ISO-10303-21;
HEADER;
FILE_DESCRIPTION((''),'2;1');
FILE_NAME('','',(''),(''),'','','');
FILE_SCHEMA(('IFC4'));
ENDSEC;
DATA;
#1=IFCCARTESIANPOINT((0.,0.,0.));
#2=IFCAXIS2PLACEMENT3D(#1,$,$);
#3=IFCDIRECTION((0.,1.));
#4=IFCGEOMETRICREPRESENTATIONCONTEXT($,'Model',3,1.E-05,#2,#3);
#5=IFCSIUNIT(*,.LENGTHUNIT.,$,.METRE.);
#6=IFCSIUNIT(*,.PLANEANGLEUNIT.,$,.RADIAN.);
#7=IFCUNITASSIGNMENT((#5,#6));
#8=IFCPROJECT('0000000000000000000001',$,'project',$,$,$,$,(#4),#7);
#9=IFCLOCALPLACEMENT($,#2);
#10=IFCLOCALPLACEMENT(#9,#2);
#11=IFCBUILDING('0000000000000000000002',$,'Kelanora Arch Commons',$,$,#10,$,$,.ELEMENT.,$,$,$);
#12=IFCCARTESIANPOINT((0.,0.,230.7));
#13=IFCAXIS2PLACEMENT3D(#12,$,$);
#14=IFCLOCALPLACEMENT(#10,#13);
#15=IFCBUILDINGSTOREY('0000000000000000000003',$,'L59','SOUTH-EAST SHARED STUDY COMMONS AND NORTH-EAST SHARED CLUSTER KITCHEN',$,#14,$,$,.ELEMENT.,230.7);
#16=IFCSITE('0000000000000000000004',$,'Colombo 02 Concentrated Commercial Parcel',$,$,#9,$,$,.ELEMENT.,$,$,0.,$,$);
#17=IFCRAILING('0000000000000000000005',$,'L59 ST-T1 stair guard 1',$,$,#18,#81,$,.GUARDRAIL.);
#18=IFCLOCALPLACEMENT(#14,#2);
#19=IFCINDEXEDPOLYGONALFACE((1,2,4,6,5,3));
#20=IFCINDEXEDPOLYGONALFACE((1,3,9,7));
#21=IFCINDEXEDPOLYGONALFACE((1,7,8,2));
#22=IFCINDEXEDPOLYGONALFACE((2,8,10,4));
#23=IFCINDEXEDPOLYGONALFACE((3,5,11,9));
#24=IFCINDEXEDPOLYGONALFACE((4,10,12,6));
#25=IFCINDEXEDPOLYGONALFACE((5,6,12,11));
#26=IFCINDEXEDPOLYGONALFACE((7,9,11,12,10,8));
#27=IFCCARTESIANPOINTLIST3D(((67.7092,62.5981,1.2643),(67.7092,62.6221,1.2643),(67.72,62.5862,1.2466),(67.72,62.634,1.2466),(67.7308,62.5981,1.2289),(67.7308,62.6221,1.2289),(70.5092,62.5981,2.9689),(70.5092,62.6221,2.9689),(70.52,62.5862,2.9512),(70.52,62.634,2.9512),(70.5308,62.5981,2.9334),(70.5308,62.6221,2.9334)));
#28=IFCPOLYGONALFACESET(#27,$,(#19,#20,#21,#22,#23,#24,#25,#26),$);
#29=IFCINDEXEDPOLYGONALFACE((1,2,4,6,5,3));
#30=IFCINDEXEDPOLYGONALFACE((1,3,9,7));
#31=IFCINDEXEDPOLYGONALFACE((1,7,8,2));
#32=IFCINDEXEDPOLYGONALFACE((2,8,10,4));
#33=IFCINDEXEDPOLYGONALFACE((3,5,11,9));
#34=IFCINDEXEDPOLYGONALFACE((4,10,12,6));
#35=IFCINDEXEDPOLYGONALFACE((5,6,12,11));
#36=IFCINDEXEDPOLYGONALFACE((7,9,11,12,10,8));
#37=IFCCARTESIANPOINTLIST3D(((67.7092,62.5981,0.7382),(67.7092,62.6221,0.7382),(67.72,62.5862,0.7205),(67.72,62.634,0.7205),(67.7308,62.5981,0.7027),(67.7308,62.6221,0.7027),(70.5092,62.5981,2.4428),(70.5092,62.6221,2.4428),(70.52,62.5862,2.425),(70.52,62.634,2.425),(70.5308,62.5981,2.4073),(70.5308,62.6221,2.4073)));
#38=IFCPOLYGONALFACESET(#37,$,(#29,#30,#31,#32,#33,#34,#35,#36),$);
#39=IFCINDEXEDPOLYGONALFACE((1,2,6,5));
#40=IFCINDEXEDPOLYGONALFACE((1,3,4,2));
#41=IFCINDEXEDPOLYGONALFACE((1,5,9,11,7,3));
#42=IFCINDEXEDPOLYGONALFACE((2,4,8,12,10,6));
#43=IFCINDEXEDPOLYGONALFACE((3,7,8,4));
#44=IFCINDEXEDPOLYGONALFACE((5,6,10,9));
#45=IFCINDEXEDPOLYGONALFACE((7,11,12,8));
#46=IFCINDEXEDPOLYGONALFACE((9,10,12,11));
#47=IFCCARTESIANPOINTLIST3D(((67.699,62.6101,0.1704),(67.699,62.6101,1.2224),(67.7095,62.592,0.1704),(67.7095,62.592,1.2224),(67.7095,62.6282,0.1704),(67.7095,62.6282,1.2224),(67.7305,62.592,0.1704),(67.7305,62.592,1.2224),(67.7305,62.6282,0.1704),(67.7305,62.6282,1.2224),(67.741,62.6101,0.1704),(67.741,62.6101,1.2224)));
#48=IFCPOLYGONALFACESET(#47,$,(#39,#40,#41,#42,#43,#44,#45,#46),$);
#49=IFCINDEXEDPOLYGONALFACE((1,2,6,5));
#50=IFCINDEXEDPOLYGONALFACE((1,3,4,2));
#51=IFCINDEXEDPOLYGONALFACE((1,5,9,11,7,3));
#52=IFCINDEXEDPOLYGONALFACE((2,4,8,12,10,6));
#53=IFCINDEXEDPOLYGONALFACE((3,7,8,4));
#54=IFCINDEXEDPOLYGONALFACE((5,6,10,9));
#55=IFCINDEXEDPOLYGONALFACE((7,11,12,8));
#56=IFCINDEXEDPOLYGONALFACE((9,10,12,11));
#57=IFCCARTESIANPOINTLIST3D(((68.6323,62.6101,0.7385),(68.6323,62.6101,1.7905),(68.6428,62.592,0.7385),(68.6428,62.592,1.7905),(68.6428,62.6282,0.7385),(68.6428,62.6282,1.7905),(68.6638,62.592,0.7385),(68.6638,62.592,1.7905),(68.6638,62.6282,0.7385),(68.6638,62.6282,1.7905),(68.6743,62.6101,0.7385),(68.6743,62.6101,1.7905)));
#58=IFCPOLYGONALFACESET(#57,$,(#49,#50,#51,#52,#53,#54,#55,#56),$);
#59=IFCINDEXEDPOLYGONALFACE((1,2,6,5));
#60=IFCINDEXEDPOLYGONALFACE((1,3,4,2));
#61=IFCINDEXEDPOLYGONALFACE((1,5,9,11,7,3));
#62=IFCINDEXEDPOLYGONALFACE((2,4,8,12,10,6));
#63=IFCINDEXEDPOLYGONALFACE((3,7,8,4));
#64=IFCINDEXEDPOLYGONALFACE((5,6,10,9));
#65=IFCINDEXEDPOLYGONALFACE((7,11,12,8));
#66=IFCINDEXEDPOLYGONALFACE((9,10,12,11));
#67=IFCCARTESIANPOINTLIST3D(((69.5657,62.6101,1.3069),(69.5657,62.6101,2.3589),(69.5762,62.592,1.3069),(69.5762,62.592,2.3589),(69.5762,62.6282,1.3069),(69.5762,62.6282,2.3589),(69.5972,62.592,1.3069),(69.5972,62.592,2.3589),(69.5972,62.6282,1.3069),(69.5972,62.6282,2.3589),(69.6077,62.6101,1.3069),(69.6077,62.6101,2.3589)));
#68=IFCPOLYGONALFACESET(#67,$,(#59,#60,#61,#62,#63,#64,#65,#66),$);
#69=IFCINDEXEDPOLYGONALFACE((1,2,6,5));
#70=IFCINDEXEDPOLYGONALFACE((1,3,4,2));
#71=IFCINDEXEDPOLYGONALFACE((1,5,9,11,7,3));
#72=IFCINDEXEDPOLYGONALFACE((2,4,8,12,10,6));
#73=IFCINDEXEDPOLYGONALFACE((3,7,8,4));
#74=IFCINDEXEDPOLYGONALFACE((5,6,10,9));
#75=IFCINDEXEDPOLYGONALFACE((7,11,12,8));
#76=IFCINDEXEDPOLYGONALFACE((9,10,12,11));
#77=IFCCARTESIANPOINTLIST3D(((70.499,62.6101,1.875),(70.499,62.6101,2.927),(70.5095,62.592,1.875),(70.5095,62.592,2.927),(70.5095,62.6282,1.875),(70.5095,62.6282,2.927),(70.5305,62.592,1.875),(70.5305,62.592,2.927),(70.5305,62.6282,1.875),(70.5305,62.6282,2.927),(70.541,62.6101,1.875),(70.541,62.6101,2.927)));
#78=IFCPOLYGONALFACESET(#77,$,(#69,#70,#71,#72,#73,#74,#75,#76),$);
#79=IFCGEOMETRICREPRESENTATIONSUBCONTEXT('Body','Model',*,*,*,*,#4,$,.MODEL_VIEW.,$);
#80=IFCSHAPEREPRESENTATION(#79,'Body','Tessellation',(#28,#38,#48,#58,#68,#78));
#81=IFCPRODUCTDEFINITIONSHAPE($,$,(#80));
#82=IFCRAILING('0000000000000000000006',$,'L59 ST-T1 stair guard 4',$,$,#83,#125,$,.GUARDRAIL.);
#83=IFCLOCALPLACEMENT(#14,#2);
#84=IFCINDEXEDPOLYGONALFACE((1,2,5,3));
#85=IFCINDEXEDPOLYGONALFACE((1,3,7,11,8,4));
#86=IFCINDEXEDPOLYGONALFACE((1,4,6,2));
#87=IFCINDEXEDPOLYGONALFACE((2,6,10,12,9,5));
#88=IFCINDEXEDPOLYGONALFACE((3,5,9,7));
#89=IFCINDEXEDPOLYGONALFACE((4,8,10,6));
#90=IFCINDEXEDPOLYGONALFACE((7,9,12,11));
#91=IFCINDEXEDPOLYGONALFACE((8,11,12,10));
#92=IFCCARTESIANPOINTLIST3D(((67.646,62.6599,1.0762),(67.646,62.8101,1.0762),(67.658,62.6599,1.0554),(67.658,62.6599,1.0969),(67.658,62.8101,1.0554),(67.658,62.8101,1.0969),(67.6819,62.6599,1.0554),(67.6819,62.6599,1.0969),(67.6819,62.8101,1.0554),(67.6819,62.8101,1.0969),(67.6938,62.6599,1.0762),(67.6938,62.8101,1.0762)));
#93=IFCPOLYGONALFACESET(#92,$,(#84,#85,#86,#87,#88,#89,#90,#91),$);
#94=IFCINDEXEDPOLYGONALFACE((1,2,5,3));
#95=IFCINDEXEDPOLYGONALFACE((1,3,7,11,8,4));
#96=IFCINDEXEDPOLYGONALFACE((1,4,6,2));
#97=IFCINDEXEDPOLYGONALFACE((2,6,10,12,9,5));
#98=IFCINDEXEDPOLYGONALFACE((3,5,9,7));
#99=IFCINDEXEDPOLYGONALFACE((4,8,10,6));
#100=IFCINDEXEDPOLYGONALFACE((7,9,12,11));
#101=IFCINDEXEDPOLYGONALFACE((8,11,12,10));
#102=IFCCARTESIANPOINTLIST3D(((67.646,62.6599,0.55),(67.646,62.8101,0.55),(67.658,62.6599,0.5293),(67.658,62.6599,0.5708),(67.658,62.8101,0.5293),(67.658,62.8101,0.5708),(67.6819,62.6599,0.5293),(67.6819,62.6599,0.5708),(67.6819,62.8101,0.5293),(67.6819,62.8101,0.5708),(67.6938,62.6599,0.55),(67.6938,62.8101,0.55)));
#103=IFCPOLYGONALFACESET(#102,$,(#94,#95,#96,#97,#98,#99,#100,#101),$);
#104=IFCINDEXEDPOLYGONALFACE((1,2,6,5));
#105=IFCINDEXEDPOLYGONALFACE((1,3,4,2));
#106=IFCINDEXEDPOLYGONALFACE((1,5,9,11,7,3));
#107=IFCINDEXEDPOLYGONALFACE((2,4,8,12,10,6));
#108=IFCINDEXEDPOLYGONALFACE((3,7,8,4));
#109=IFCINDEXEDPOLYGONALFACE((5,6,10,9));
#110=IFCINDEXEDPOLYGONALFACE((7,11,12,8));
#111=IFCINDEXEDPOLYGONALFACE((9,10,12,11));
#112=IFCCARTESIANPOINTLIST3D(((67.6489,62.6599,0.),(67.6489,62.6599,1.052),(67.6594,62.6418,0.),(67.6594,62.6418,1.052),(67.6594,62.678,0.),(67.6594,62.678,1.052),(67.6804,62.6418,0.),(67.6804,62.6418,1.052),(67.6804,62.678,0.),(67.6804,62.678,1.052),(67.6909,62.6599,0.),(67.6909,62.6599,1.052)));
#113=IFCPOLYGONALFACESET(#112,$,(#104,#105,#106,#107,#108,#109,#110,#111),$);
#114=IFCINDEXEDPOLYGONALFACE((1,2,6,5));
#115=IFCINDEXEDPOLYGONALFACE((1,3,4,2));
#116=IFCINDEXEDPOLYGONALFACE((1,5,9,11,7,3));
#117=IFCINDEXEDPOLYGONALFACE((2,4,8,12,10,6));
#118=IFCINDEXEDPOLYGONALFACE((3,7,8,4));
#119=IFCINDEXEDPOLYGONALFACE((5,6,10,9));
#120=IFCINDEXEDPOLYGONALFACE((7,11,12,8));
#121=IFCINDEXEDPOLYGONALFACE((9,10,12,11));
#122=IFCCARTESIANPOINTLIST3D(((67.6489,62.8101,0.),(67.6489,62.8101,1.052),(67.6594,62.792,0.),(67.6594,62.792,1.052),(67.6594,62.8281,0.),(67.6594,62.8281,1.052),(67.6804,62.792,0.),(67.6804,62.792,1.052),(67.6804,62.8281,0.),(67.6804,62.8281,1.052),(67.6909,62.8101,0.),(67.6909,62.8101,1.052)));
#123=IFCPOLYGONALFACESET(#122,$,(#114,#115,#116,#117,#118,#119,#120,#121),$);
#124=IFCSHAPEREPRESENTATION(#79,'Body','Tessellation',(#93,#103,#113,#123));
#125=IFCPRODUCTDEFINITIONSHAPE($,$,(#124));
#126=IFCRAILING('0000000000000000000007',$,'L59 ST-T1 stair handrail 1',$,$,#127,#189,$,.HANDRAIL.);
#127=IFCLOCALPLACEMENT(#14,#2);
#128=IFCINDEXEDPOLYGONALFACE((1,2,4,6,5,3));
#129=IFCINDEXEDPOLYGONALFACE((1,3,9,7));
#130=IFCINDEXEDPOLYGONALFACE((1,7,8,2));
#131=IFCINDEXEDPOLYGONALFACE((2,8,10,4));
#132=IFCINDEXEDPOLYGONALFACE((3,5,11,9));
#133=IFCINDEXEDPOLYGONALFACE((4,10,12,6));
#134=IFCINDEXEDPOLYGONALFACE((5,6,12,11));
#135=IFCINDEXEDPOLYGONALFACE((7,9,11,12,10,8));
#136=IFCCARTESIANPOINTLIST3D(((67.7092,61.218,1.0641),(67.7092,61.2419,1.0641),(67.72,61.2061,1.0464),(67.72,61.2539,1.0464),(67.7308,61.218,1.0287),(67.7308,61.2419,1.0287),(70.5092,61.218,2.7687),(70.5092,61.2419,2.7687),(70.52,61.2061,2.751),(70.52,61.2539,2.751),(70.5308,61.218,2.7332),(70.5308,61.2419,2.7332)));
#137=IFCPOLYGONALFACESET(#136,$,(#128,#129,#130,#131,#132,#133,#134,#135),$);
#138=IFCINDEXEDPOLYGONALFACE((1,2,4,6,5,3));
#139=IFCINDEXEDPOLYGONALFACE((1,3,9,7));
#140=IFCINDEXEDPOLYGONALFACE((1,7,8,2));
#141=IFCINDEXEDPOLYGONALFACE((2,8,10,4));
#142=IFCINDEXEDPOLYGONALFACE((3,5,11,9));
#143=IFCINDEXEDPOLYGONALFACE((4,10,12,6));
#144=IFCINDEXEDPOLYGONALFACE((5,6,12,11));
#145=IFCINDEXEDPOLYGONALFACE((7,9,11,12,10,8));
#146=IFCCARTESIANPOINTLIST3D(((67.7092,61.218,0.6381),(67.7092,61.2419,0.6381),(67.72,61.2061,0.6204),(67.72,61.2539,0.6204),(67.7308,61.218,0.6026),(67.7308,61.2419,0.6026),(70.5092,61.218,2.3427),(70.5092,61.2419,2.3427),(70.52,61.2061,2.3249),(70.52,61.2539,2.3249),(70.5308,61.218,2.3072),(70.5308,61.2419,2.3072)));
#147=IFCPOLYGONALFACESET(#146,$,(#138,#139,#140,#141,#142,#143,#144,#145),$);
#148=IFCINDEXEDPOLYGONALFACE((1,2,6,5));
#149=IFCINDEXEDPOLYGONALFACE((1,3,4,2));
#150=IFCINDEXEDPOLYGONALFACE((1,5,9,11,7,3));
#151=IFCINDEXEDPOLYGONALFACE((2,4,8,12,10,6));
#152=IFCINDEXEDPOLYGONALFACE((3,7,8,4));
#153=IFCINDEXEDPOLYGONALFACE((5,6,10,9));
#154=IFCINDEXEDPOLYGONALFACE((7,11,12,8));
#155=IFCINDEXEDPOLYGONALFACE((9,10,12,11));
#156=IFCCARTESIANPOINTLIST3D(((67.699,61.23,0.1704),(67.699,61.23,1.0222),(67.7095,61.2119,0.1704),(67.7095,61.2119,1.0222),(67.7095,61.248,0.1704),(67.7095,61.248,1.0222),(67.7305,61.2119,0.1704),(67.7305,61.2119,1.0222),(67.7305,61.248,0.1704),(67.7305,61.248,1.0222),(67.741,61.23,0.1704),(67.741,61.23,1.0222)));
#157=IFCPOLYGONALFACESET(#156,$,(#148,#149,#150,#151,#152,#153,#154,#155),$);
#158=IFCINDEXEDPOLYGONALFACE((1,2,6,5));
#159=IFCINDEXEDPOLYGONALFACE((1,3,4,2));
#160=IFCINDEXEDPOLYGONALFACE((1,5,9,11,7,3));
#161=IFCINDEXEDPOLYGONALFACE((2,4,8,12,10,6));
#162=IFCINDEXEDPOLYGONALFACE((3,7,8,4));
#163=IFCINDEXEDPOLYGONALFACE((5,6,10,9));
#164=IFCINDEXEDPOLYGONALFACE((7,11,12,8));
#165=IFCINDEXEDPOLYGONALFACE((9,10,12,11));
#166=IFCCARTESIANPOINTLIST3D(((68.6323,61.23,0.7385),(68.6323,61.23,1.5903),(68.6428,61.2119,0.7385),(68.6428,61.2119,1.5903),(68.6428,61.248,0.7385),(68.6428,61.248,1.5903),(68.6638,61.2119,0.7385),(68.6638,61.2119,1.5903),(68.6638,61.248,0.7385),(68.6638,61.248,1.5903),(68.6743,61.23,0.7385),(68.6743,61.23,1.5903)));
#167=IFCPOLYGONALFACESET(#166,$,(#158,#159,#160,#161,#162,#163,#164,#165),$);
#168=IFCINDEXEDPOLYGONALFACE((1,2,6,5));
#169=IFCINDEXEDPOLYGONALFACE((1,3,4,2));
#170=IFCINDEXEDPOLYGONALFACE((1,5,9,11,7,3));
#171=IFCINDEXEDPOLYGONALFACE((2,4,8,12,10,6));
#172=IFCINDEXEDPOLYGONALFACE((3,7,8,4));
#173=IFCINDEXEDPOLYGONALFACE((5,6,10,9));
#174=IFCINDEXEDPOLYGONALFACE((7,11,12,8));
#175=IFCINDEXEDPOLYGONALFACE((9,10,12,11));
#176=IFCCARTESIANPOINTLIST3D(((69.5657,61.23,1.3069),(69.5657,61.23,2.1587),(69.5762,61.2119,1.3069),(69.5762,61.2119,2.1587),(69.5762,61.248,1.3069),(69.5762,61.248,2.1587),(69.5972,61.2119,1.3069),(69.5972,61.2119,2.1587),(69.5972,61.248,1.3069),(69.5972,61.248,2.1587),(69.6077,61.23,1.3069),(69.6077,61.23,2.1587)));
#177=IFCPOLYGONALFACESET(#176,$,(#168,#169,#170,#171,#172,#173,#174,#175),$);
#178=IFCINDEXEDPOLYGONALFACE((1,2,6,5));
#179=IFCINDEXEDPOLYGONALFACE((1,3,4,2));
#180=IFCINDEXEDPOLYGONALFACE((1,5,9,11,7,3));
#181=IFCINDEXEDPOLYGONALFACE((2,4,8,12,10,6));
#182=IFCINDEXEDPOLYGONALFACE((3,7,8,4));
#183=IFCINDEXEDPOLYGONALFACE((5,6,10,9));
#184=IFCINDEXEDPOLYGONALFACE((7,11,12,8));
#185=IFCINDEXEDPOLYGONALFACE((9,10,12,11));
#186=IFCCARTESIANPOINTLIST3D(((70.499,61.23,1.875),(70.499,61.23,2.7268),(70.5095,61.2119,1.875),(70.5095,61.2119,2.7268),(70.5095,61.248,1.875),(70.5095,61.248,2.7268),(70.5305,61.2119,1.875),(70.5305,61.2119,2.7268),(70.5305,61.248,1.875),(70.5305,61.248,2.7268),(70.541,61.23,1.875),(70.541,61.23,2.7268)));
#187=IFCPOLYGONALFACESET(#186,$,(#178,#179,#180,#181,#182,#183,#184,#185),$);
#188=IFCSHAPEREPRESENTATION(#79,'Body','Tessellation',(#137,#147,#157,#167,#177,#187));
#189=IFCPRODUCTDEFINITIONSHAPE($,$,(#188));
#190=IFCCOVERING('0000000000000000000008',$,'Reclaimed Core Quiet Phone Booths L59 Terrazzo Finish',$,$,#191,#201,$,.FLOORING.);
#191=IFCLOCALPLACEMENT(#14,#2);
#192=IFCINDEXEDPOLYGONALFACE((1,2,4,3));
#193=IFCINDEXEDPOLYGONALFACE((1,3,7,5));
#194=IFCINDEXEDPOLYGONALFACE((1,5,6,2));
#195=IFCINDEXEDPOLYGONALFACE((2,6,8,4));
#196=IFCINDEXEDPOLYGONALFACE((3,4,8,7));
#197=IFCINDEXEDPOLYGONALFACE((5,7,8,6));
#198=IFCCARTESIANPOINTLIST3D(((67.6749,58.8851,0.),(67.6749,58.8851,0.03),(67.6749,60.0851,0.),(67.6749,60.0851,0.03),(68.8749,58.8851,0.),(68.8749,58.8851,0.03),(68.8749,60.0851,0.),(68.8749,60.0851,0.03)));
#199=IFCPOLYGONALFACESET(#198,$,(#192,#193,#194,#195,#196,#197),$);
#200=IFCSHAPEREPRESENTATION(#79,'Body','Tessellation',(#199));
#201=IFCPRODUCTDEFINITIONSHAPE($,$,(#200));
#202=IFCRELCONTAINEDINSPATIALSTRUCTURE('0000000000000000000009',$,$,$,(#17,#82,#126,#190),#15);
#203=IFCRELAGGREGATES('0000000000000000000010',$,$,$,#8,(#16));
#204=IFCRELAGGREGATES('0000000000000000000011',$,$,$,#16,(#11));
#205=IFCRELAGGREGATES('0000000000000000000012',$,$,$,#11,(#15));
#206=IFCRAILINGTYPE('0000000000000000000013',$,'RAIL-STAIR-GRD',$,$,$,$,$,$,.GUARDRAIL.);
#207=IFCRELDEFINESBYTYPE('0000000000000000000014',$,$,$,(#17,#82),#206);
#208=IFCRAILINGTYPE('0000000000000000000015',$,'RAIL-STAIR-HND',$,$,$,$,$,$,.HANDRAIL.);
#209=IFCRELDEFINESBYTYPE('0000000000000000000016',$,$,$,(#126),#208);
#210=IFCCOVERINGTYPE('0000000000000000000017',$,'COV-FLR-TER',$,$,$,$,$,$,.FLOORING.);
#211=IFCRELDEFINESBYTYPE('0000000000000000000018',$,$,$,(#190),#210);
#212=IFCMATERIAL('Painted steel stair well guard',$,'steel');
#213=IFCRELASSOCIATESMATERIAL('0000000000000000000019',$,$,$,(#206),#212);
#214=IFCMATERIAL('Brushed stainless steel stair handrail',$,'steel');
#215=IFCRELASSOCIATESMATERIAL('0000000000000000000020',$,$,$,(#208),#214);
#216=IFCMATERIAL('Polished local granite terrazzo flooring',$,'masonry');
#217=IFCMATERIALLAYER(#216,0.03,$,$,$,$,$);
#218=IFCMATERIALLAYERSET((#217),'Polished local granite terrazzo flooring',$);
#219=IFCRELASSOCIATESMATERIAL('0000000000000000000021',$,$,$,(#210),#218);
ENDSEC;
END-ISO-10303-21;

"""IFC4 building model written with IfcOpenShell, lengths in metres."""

from ifc_helpers import new_model, si_unit, direction, frame, origin, origin_2d, place, context, subcontext, project, spatial, polyline, rectangle, outline, extrude, source, transform, mapped, material, layer, layer_set, type_object, element, save


model = new_model("IFC4")

# Units and contexts
model_context = context("Model", 3, precision=1e-05, world=origin(), true_north=direction((0.0, 1.0)))
body_context = subcontext(model_context, "Body", "Model", "MODEL_VIEW")
ifc_project = project(units=[si_unit("LENGTHUNIT", "METRE"), si_unit("PLANEANGLEUNIT", "RADIAN")], contexts=[model_context])

# Site, building, storey
site_placement = place(None, origin())
site = spatial("IfcSite", under=ifc_project, at=site_placement, Name="Colombo 02 Concentrated Commercial Parcel", CompositionType="ELEMENT", RefElevation=0.0)
building_placement = place(site_placement, origin())
building = spatial("IfcBuilding", under=site, at=building_placement, Name="Kelanora Arch Commons", CompositionType="ELEMENT")
storey_placement = place(building_placement, frame((0.0, 0.0, 230.7)))
storey = spatial("IfcBuildingStorey", under=building, at=storey_placement, Name="L59", Description="SOUTH-EAST SHARED STUDY COMMONS AND NORTH-EAST SHARED CLUSTER KITCHEN", CompositionType="ELEMENT", Elevation=230.7)

# Railings
ifc_material_1 = material(Name="Painted steel stair well guard", Category="steel")
railing_type_1 = type_object("IfcRailingType", Name="RAIL-STAIR-GRD", PredefinedType="GUARDRAIL", material=ifc_material_1)
railing_1_placement = place(storey_placement, frame((67.72, 62.6101, 0.1704)))
element("IfcRailing", 1, at=railing_1_placement, inside=storey, type_object=railing_type_1, Name="L59 ST-T1 stair guard 1", PredefinedType="GUARDRAIL", context=body_context, shape_type="SweptSolid", body=[
    extrude(outline(polyline([(0.0239, 0.0), (0.012, 0.0208), (-0.012, 0.0208), (-0.0239, 0.0), (-0.012, -0.0208), (0.012, -0.0208), (0.0239, 0.0)])), frame((0.0, 0.0, 1.0762), z_axis=(0.85417, 0.0, 0.519994), x_axis=(0.0, 1.0, 0.0)), (0.0, 0.0, 1.0), 3.2781),
    extrude(outline(polyline([(0.0239, 0.0), (0.012, 0.0208), (-0.012, 0.0208), (-0.0239, 0.0), (-0.012, -0.0208), (0.012, -0.0208), (0.0239, 0.0)])), frame((0.0, 0.0, 0.55), z_axis=(0.85417, 0.0, 0.519994), x_axis=(0.0, 1.0, 0.0)), (0.0, 0.0, 1.0), 3.2781),
    extrude(outline(polyline([(0.021, 0.0), (0.0105, 0.0181), (-0.0105, 0.0181), (-0.021, 0.0), (-0.0105, -0.0181), (0.0105, -0.0181), (0.021, 0.0)])), origin(), (0.0, 0.0, 1.0), 1.052),
    extrude(outline(polyline([(0.021, 0.0), (0.0105, 0.0181), (-0.0105, 0.0181), (-0.021, 0.0), (-0.0105, -0.0181), (0.0105, -0.0181), (0.021, 0.0)])), frame((0.9333, 0.0, 0.5681)), (0.0, 0.0, 1.0), 1.052),
    extrude(outline(polyline([(0.021, 0.0), (0.0105, 0.0181), (-0.0105, 0.0181), (-0.021, 0.0), (-0.0105, -0.0181), (0.0105, -0.0181), (0.021, 0.0)])), frame((1.8667, 0.0, 1.1365)), (0.0, 0.0, 1.0), 1.052),
    extrude(outline(polyline([(0.021, 0.0), (0.0105, 0.0181), (-0.0105, 0.0181), (-0.021, 0.0), (-0.0105, -0.0181), (0.0105, -0.0181), (0.021, 0.0)])), frame((2.8, 0.0, 1.7046)), (0.0, 0.0, 1.0), 1.052),
])
railing_2_placement = place(storey_placement, frame((67.6699, 62.6599, 0.0)))
element("IfcRailing", 2, at=railing_2_placement, inside=storey, type_object=railing_type_1, Name="L59 ST-T1 stair guard 4", PredefinedType="GUARDRAIL", context=body_context, shape_type="SweptSolid", body=[
    extrude(outline(polyline([(0.0239, 0.0), (0.012, 0.0208), (-0.012, 0.0208), (-0.0239, 0.0), (-0.012, -0.0208), (0.012, -0.0208), (0.0239, 0.0)])), frame((0.0, 0.0, 1.0762), z_axis=(0.0, 1.0, 0.0), x_axis=(-1.0, 0.0, 0.0)), (0.0, 0.0, 1.0), 0.1501),
    extrude(outline(polyline([(0.0239, 0.0), (0.012, 0.0208), (-0.012, 0.0208), (-0.0239, 0.0), (-0.012, -0.0208), (0.012, -0.0208), (0.0239, 0.0)])), frame((0.0, 0.0, 0.55), z_axis=(0.0, 1.0, 0.0), x_axis=(-1.0, 0.0, 0.0)), (0.0, 0.0, 1.0), 0.1501),
    extrude(outline(polyline([(0.021, 0.0), (0.0105, 0.0181), (-0.0105, 0.0181), (-0.021, 0.0), (-0.0105, -0.0181), (0.0105, -0.0181), (0.021, 0.0)])), origin(), (0.0, 0.0, 1.0), 1.052),
    extrude(outline(polyline([(0.021, 0.0), (0.0105, 0.0181), (-0.0105, 0.0181), (-0.021, 0.0), (-0.0105, -0.0181), (0.0105, -0.0181), (0.021, 0.0)])), frame((0.0, 0.1501, 0.0)), (0.0, 0.0, 1.0), 1.052),
])
ifc_material_2 = material(Name="Brushed stainless steel stair handrail", Category="steel")
railing_type_2 = type_object("IfcRailingType", Name="RAIL-STAIR-HND", PredefinedType="HANDRAIL", material=ifc_material_2)
railing_3_placement = place(storey_placement, frame((67.72, 61.23, 0.1704)))
element("IfcRailing", 3, at=railing_3_placement, inside=storey, type_object=railing_type_2, Name="L59 ST-T1 stair handrail 1", PredefinedType="HANDRAIL", context=body_context, shape_type="SweptSolid", body=[
    extrude(outline(polyline([(0.0239, 0.0), (0.012, 0.0208), (-0.012, 0.0208), (-0.0239, 0.0), (-0.012, -0.0208), (0.012, -0.0208), (0.0239, 0.0)])), frame((0.0, 0.0, 0.876), z_axis=(0.85417, 0.0, 0.519994), x_axis=(0.0, 1.0, 0.0)), (0.0, 0.0, 1.0), 3.2781),
    extrude(outline(polyline([(0.0239, 0.0), (0.012, 0.0208), (-0.012, 0.0208), (-0.0239, 0.0), (-0.012, -0.0208), (0.012, -0.0208), (0.0239, 0.0)])), frame((0.0, 0.0, 0.45), z_axis=(0.85417, 0.0, 0.519994), x_axis=(0.0, 1.0, 0.0)), (0.0, 0.0, 1.0), 3.2781),
    extrude(outline(polyline([(0.021, 0.0), (0.0105, 0.0181), (-0.0105, 0.0181), (-0.021, 0.0), (-0.0105, -0.0181), (0.0105, -0.0181), (0.021, 0.0)])), origin(), (0.0, 0.0, 1.0), 0.8518),
    extrude(outline(polyline([(0.021, 0.0), (0.0105, 0.0181), (-0.0105, 0.0181), (-0.021, 0.0), (-0.0105, -0.0181), (0.0105, -0.0181), (0.021, 0.0)])), frame((0.9333, 0.0, 0.5681)), (0.0, 0.0, 1.0), 0.8518),
    extrude(outline(polyline([(0.021, 0.0), (0.0105, 0.0181), (-0.0105, 0.0181), (-0.021, 0.0), (-0.0105, -0.0181), (0.0105, -0.0181), (0.021, 0.0)])), frame((1.8667, 0.0, 1.1365)), (0.0, 0.0, 1.0), 0.8518),
    extrude(outline(polyline([(0.021, 0.0), (0.0105, 0.0181), (-0.0105, 0.0181), (-0.021, 0.0), (-0.0105, -0.0181), (0.0105, -0.0181), (0.021, 0.0)])), frame((2.8, 0.0, 1.7046)), (0.0, 0.0, 1.0), 0.8518),
])

# Covering
ifc_material_3 = material(Name="Polished local granite terrazzo flooring", Category="masonry")
ifc_layer_1 = layer(ifc_material_3, 0.03)
ifc_layer_set_1 = layer_set([ifc_layer_1], Name="Polished local granite terrazzo flooring")
covering_type = type_object("IfcCoveringType", Name="COV-FLR-TER", PredefinedType="FLOORING", material=ifc_layer_set_1)
shared_shape = source(origin(), body_context, "Body", "SweptSolid", [
    extrude(rectangle(XDim=1.2, YDim=1.2, at=origin_2d()), origin(), (0.0, 0.0, 1.0), 0.03),
])
covering_placement = place(storey_placement, frame((68.2749, 59.4851, 0.0), z_axis=(0.0, 0.0, 1.0), x_axis=(1.0, 0.0, 0.0)))
element("IfcCovering", 4, at=covering_placement, inside=storey, type_object=covering_type, Name="Reclaimed Core Quiet Phone Booths L59 Terrazzo Finish", PredefinedType="FLOORING", context=body_context, shape_type="MappedRepresentation", body=[
    mapped(shared_shape, transform((0.0, 0.0, 0.0), scale=1.0)),
])

save(model, "model.ifc")
